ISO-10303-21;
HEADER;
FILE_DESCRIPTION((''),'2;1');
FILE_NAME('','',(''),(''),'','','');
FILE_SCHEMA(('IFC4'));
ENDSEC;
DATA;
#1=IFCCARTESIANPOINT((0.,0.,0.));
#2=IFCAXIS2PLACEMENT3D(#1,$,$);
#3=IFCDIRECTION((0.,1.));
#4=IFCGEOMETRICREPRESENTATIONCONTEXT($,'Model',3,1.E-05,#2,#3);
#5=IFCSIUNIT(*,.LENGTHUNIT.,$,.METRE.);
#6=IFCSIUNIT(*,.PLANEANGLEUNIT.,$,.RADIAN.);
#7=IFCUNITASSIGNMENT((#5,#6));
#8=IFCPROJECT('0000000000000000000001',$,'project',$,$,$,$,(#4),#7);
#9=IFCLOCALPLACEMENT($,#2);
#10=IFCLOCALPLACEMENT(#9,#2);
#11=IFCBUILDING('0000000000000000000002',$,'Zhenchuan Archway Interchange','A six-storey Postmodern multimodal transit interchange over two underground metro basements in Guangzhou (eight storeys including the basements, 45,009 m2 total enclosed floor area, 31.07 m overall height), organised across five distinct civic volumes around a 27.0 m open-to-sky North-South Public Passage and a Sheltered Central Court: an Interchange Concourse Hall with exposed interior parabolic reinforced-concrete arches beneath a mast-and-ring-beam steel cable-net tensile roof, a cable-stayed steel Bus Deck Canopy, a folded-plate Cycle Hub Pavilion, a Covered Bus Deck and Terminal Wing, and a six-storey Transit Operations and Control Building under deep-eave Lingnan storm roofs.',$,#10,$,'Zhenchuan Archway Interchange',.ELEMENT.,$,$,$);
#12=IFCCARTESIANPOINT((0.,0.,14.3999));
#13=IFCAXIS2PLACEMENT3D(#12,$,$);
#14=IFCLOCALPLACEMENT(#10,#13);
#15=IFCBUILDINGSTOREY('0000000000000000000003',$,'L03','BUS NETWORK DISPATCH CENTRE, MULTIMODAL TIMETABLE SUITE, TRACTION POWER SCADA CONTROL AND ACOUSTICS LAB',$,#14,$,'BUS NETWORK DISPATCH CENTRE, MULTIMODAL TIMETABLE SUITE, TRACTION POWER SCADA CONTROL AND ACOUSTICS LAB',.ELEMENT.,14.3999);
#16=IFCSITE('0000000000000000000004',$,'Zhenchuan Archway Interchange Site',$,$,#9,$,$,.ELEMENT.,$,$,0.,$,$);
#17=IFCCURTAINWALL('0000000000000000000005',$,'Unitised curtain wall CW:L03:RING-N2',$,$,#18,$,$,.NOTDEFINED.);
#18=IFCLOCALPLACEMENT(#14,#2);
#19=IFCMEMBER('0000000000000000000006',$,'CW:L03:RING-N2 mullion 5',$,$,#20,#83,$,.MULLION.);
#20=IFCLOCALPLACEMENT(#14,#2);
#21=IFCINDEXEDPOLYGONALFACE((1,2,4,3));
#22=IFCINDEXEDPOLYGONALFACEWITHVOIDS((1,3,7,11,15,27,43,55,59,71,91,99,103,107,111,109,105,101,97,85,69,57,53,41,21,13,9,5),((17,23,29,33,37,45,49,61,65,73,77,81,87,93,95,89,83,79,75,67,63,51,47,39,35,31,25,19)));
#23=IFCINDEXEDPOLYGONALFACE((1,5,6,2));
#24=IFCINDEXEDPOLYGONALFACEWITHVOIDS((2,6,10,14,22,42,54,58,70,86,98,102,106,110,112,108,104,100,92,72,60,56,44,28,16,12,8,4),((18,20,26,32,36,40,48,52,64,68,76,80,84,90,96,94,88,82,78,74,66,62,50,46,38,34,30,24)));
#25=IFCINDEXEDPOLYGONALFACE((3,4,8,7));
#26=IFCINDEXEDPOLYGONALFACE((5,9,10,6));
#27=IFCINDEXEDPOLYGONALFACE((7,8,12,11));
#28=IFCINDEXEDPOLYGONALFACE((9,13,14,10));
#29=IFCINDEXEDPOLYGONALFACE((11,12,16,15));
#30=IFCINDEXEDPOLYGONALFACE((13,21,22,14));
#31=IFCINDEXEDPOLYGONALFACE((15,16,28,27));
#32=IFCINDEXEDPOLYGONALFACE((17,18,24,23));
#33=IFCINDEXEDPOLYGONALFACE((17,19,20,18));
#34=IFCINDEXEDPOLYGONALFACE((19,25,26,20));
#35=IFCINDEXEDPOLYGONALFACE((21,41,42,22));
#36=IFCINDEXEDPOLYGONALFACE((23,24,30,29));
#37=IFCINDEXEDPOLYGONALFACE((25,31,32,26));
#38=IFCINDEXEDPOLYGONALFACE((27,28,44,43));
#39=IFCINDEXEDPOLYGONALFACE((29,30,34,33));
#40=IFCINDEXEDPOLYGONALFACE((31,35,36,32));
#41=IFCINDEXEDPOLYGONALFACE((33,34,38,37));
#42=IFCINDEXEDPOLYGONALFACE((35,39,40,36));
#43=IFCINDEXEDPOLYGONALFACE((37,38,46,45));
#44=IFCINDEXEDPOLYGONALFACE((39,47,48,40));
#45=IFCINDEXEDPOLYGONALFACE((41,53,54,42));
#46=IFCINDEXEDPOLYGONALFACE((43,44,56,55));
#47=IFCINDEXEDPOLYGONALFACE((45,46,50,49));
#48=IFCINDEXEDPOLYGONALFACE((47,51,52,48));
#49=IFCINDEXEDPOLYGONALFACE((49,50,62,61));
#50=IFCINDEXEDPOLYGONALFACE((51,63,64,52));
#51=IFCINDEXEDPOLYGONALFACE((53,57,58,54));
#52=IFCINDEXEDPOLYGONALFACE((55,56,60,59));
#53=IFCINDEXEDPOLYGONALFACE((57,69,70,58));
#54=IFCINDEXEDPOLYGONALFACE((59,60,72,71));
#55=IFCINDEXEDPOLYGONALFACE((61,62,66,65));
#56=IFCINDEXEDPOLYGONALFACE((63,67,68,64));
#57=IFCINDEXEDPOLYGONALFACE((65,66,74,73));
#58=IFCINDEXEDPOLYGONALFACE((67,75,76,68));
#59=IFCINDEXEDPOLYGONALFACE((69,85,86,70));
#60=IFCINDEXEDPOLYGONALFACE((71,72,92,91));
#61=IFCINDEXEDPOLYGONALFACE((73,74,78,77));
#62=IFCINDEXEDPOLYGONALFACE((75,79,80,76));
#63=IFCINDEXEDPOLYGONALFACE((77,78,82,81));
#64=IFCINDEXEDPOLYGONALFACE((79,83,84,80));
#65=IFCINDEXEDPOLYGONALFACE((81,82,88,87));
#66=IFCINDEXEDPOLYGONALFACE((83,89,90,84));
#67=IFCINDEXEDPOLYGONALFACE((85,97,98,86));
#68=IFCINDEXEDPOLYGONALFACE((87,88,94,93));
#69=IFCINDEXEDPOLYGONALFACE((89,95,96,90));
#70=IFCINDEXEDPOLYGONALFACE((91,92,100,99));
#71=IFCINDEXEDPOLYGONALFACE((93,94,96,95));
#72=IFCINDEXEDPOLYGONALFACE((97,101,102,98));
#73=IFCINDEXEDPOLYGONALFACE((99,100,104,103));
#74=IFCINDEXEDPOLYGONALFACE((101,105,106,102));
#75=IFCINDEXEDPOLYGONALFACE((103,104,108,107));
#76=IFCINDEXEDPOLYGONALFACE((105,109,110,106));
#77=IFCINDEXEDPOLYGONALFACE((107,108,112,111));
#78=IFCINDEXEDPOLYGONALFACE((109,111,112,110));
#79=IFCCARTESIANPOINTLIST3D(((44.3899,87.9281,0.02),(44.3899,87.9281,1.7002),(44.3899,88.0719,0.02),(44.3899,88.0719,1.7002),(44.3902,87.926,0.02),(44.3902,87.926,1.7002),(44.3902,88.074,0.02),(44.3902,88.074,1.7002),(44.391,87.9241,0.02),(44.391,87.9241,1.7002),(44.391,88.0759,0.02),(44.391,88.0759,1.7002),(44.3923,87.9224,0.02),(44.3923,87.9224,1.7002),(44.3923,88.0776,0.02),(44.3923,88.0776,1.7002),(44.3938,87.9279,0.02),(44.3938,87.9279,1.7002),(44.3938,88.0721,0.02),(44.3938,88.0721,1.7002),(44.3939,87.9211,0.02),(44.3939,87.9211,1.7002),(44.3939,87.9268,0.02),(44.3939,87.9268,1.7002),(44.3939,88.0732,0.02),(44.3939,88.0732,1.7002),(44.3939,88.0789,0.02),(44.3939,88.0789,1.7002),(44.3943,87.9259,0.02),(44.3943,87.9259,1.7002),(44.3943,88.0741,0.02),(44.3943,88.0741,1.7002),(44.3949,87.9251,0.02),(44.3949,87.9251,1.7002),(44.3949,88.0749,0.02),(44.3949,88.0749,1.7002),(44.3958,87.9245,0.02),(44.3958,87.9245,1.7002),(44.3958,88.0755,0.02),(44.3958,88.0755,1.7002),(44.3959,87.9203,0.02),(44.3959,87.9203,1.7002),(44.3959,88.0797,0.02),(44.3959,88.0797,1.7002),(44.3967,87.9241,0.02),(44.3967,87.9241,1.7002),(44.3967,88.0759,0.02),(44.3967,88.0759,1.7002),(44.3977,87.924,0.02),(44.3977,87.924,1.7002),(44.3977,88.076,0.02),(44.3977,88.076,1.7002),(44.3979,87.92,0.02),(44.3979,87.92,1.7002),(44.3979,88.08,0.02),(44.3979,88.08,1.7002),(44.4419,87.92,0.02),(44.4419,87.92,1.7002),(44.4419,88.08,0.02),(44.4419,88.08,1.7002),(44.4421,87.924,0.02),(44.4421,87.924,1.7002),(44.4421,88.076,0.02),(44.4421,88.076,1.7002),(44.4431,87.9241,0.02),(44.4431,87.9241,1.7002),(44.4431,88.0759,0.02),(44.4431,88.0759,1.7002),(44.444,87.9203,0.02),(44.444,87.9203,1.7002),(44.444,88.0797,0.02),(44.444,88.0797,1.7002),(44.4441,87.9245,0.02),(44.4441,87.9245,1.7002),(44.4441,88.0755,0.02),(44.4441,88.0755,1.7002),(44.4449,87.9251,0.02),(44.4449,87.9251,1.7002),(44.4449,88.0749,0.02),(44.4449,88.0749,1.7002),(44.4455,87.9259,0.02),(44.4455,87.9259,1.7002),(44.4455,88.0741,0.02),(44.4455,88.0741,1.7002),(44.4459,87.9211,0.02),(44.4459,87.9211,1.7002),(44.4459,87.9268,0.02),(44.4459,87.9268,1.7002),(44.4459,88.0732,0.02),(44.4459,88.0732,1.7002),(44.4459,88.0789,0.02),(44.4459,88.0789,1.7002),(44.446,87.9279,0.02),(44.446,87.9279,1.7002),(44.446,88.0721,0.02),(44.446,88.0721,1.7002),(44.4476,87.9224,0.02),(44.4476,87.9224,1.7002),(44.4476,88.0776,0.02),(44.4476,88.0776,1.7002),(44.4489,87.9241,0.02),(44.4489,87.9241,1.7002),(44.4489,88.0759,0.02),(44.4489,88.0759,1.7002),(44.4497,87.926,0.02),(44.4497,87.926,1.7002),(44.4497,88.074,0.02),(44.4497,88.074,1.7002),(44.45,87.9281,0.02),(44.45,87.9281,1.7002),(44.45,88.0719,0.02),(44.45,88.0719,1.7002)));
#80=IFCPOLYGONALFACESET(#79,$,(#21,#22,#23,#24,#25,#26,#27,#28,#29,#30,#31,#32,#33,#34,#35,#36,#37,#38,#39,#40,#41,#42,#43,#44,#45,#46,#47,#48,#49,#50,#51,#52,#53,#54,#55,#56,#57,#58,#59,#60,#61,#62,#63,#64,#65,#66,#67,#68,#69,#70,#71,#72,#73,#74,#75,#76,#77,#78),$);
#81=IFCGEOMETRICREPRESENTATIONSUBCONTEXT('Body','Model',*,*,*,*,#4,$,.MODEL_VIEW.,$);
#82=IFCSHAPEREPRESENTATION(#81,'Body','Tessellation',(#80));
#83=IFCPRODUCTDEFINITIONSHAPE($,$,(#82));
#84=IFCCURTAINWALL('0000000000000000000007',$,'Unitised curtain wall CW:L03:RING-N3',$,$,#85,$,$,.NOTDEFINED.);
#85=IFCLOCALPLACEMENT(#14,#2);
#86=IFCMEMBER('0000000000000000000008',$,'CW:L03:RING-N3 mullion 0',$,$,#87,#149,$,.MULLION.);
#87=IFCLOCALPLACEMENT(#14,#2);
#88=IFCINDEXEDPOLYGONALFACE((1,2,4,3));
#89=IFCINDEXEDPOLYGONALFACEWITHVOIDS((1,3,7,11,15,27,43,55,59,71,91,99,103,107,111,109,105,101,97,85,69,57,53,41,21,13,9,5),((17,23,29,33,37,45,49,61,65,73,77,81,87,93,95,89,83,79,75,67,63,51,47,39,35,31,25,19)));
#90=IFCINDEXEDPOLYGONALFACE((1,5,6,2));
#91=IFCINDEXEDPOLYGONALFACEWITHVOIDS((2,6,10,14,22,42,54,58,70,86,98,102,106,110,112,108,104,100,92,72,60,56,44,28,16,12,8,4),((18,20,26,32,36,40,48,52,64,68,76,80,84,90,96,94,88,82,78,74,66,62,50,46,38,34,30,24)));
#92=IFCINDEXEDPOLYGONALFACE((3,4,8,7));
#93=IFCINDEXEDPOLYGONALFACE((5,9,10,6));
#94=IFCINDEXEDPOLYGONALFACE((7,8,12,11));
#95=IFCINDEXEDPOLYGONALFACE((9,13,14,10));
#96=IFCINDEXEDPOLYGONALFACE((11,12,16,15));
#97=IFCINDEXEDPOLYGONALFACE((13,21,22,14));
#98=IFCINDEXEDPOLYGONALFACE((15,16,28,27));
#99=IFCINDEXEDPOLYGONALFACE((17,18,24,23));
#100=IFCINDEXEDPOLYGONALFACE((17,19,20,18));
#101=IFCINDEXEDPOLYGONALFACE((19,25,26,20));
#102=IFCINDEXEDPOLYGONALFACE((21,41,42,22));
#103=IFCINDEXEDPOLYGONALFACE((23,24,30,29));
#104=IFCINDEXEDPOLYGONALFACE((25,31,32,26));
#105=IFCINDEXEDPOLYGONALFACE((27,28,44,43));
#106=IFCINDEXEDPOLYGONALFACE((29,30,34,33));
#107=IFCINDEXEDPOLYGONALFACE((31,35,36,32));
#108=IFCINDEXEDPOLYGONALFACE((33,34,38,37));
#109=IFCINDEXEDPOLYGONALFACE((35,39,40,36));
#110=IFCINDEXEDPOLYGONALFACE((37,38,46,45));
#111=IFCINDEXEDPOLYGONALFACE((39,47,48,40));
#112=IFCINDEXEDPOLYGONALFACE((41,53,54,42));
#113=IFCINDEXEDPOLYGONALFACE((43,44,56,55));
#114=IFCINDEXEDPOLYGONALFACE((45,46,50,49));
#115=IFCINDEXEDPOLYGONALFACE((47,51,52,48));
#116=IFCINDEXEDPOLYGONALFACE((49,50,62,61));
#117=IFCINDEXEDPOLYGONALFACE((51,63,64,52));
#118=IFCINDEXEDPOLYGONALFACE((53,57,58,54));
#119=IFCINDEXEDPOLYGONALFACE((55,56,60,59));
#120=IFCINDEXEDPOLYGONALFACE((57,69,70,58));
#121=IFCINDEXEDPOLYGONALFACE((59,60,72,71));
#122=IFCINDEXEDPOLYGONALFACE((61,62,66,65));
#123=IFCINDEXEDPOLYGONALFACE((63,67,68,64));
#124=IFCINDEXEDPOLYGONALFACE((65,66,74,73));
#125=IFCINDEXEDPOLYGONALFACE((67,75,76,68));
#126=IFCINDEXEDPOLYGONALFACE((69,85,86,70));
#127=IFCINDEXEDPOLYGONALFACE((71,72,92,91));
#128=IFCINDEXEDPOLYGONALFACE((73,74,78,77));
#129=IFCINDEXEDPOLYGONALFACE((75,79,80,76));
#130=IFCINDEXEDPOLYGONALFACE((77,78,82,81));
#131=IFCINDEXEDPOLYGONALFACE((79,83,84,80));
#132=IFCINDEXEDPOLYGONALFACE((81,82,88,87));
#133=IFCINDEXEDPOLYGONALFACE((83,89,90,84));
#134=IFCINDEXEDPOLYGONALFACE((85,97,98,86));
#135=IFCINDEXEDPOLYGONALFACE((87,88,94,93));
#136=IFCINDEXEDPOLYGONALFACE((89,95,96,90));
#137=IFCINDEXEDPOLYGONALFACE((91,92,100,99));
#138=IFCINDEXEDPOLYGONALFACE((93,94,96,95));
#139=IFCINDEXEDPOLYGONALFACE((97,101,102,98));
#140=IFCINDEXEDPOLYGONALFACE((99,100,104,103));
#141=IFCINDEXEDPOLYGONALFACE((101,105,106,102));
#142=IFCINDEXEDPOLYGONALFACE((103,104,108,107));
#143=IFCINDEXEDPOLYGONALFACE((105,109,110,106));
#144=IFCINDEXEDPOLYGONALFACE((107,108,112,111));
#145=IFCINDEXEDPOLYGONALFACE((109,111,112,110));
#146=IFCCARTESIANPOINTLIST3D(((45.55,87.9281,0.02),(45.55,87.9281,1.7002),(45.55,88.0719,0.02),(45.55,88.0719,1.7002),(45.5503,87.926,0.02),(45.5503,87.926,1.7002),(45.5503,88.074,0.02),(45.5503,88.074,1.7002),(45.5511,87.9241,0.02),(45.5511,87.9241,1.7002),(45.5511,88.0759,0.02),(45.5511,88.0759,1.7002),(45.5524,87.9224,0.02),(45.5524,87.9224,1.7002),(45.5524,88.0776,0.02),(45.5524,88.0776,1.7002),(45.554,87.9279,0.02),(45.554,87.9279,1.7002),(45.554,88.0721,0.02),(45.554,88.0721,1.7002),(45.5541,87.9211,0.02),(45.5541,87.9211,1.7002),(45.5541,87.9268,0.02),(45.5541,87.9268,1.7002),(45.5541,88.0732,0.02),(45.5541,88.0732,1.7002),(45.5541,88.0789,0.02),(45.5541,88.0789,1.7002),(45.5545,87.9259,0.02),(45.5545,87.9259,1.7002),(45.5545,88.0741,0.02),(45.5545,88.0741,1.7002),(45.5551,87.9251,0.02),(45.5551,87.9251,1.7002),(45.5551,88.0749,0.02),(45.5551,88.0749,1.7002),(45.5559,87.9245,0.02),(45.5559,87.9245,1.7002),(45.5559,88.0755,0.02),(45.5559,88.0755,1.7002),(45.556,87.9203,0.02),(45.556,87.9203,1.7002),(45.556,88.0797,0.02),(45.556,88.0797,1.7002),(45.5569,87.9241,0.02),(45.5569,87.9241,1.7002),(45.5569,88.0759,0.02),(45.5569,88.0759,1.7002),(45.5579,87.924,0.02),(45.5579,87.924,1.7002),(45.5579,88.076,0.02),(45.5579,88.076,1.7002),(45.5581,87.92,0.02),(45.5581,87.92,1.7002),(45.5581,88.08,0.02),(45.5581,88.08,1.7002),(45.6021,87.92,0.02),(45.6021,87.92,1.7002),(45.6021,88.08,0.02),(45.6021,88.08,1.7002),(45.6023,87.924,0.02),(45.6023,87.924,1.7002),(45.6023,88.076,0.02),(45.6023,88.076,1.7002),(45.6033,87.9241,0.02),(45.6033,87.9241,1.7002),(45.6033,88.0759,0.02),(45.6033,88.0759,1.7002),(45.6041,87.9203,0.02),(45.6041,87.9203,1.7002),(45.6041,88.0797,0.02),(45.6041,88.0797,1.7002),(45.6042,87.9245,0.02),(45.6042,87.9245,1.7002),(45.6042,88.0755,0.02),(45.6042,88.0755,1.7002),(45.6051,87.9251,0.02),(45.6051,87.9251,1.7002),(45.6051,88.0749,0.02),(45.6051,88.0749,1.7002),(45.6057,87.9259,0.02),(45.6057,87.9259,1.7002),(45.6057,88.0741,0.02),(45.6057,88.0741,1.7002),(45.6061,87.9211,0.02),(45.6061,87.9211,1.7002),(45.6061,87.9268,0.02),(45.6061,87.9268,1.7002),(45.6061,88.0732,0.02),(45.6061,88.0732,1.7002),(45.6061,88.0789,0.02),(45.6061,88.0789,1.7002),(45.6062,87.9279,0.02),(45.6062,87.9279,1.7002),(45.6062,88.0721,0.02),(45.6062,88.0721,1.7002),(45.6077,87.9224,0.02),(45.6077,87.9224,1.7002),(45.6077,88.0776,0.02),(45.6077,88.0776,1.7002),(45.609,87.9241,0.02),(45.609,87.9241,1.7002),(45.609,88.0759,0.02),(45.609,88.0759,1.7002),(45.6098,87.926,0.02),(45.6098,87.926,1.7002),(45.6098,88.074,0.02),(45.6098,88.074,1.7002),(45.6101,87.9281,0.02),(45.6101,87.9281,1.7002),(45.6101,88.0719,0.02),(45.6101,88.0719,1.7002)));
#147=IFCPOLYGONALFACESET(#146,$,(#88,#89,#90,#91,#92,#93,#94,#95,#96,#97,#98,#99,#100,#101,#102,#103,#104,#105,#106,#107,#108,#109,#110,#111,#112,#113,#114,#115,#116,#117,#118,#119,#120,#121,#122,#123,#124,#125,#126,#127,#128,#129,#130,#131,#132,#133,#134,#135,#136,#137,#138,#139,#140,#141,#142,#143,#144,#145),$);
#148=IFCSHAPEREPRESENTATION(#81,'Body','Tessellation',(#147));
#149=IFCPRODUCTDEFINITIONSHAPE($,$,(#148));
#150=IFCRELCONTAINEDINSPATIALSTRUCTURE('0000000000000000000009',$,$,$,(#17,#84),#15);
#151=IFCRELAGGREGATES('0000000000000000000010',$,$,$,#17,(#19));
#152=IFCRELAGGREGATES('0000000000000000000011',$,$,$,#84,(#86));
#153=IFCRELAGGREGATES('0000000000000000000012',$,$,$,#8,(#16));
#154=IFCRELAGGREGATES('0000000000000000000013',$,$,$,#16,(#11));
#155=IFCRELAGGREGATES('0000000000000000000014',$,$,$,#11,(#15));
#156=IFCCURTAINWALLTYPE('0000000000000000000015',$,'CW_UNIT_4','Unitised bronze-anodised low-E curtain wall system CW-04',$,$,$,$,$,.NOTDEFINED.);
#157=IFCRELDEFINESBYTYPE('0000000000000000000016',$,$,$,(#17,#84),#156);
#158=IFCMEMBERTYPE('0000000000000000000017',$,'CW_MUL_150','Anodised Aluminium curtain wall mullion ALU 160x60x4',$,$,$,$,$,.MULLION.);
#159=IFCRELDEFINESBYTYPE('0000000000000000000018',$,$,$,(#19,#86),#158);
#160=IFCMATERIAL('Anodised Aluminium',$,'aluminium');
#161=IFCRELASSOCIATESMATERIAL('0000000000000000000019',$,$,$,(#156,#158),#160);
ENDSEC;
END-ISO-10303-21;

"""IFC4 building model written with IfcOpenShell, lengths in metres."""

from ifc_helpers import new_model, si_unit, direction, frame, origin, origin_2d, place, context, subcontext, project, spatial, hollow_rectangle, extrude, material, material_profile, profile_set, type_object, element, aggregate, save


model = new_model("IFC4")

# Units and contexts
model_context = context("Model", 3, precision=1e-05, world=origin(), true_north=direction((0.0, 1.0)))
body_context = subcontext(model_context, "Body", "Model", "MODEL_VIEW")
ifc_project = project(units=[si_unit("LENGTHUNIT", "METRE"), si_unit("PLANEANGLEUNIT", "RADIAN")], contexts=[model_context])

# Site, building, storey
site_placement = place(None, origin())
site = spatial("IfcSite", under=ifc_project, at=site_placement, Name="Zhenchuan Archway Interchange Site", CompositionType="ELEMENT", RefElevation=0.0)
building_placement = place(site_placement, origin())
building = spatial("IfcBuilding", under=site, at=building_placement, Name="Zhenchuan Archway Interchange", Description="A six-storey Postmodern multimodal transit interchange over two underground metro basements in Guangzhou (eight storeys including the basements, 45,009 m2 total enclosed floor area, 31.07 m overall height), organised across five distinct civic volumes around a 27.0 m open-to-sky North-South Public Passage and a Sheltered Central Court: an Interchange Concourse Hall with exposed interior parabolic reinforced-concrete arches beneath a mast-and-ring-beam steel cable-net tensile roof, a cable-stayed steel Bus Deck Canopy, a folded-plate Cycle Hub Pavilion, a Covered Bus Deck and Terminal Wing, and a six-storey Transit Operations and Control Building under deep-eave Lingnan storm roofs.", LongName="Zhenchuan Archway Interchange", CompositionType="ELEMENT")
storey_placement = place(building_placement, frame((0.0, 0.0, 14.3999)))
storey = spatial("IfcBuildingStorey", under=building, at=storey_placement, Name="L03", Description="BUS NETWORK DISPATCH CENTRE, MULTIMODAL TIMETABLE SUITE, TRACTION POWER SCADA CONTROL AND ACOUSTICS LAB", LongName="BUS NETWORK DISPATCH CENTRE, MULTIMODAL TIMETABLE SUITE, TRACTION POWER SCADA CONTROL AND ACOUSTICS LAB", CompositionType="ELEMENT", Elevation=14.3999)

# Curtain walls, members
ifc_material_1 = material(Name="Anodised Aluminium", Category="aluminium")
curtain_wall_type = type_object("IfcCurtainWallType", Name="CW_UNIT_4", Description="Unitised bronze-anodised low-E curtain wall system CW-04", PredefinedType="NOTDEFINED", material=ifc_material_1)
curtain_wall_1_placement = place(storey_placement, origin())
curtain_wall_1 = element("IfcCurtainWall", 1, at=curtain_wall_1_placement, inside=storey, type_object=curtain_wall_type, Name="Unitised curtain wall CW:L03:RING-N2", PredefinedType="NOTDEFINED")
ifc_material_profile_1 = material_profile(ifc_material_1, hollow_rectangle(XDim=0.0601, YDim=0.1599, WallThickness=0.0039, InnerFilletRadius=0.0039, OuterFilletRadius=0.0081, at=origin_2d()), Name="ALU 160x60x4")
ifc_profile_set_1 = profile_set([ifc_material_profile_1], Name="Anodised Aluminium")
member_type_1 = type_object("IfcMemberType", Name="CW_MUL_150", Description="Anodised Aluminium curtain wall mullion ALU 160x60x4", PredefinedType="MULLION", material=ifc_profile_set_1)
member_1_placement = place(storey_placement, frame((44.4199, 88.0, 0.02), z_axis=(0.0, 0.0, 1.0), x_axis=(1.0, 0.0, 0.0)))
member_1 = element("IfcMember", 2, at=member_1_placement, type_object=member_type_1, Name="CW:L03:RING-N2 mullion 5", PredefinedType="MULLION", context=body_context, shape_type="SweptSolid", body=[
    extrude(hollow_rectangle(XDim=0.0601, YDim=0.1599, WallThickness=0.0039, InnerFilletRadius=0.0039, OuterFilletRadius=0.0081, at=origin_2d()), origin(), (0.0, 0.0, 1.0), 1.6802),
])
curtain_wall_2_placement = place(storey_placement, origin())
curtain_wall_2 = element("IfcCurtainWall", 3, at=curtain_wall_2_placement, inside=storey, type_object=curtain_wall_type, Name="Unitised curtain wall CW:L03:RING-N3", PredefinedType="NOTDEFINED")
member_2_placement = place(storey_placement, frame((45.5801, 88.0, 0.02), z_axis=(0.0, 0.0, 1.0), x_axis=(1.0, 0.0, 0.0)))
member_2 = element("IfcMember", 4, at=member_2_placement, type_object=member_type_1, Name="CW:L03:RING-N3 mullion 0", PredefinedType="MULLION", context=body_context, shape_type="SweptSolid", body=[
    extrude(hollow_rectangle(XDim=0.0601, YDim=0.1599, WallThickness=0.0039, InnerFilletRadius=0.0039, OuterFilletRadius=0.0081, at=origin_2d()), origin(), (0.0, 0.0, 1.0), 1.6802),
])

aggregate(curtain_wall_1, [member_1])
aggregate(curtain_wall_2, [member_2])

save(model, "model.ifc")
